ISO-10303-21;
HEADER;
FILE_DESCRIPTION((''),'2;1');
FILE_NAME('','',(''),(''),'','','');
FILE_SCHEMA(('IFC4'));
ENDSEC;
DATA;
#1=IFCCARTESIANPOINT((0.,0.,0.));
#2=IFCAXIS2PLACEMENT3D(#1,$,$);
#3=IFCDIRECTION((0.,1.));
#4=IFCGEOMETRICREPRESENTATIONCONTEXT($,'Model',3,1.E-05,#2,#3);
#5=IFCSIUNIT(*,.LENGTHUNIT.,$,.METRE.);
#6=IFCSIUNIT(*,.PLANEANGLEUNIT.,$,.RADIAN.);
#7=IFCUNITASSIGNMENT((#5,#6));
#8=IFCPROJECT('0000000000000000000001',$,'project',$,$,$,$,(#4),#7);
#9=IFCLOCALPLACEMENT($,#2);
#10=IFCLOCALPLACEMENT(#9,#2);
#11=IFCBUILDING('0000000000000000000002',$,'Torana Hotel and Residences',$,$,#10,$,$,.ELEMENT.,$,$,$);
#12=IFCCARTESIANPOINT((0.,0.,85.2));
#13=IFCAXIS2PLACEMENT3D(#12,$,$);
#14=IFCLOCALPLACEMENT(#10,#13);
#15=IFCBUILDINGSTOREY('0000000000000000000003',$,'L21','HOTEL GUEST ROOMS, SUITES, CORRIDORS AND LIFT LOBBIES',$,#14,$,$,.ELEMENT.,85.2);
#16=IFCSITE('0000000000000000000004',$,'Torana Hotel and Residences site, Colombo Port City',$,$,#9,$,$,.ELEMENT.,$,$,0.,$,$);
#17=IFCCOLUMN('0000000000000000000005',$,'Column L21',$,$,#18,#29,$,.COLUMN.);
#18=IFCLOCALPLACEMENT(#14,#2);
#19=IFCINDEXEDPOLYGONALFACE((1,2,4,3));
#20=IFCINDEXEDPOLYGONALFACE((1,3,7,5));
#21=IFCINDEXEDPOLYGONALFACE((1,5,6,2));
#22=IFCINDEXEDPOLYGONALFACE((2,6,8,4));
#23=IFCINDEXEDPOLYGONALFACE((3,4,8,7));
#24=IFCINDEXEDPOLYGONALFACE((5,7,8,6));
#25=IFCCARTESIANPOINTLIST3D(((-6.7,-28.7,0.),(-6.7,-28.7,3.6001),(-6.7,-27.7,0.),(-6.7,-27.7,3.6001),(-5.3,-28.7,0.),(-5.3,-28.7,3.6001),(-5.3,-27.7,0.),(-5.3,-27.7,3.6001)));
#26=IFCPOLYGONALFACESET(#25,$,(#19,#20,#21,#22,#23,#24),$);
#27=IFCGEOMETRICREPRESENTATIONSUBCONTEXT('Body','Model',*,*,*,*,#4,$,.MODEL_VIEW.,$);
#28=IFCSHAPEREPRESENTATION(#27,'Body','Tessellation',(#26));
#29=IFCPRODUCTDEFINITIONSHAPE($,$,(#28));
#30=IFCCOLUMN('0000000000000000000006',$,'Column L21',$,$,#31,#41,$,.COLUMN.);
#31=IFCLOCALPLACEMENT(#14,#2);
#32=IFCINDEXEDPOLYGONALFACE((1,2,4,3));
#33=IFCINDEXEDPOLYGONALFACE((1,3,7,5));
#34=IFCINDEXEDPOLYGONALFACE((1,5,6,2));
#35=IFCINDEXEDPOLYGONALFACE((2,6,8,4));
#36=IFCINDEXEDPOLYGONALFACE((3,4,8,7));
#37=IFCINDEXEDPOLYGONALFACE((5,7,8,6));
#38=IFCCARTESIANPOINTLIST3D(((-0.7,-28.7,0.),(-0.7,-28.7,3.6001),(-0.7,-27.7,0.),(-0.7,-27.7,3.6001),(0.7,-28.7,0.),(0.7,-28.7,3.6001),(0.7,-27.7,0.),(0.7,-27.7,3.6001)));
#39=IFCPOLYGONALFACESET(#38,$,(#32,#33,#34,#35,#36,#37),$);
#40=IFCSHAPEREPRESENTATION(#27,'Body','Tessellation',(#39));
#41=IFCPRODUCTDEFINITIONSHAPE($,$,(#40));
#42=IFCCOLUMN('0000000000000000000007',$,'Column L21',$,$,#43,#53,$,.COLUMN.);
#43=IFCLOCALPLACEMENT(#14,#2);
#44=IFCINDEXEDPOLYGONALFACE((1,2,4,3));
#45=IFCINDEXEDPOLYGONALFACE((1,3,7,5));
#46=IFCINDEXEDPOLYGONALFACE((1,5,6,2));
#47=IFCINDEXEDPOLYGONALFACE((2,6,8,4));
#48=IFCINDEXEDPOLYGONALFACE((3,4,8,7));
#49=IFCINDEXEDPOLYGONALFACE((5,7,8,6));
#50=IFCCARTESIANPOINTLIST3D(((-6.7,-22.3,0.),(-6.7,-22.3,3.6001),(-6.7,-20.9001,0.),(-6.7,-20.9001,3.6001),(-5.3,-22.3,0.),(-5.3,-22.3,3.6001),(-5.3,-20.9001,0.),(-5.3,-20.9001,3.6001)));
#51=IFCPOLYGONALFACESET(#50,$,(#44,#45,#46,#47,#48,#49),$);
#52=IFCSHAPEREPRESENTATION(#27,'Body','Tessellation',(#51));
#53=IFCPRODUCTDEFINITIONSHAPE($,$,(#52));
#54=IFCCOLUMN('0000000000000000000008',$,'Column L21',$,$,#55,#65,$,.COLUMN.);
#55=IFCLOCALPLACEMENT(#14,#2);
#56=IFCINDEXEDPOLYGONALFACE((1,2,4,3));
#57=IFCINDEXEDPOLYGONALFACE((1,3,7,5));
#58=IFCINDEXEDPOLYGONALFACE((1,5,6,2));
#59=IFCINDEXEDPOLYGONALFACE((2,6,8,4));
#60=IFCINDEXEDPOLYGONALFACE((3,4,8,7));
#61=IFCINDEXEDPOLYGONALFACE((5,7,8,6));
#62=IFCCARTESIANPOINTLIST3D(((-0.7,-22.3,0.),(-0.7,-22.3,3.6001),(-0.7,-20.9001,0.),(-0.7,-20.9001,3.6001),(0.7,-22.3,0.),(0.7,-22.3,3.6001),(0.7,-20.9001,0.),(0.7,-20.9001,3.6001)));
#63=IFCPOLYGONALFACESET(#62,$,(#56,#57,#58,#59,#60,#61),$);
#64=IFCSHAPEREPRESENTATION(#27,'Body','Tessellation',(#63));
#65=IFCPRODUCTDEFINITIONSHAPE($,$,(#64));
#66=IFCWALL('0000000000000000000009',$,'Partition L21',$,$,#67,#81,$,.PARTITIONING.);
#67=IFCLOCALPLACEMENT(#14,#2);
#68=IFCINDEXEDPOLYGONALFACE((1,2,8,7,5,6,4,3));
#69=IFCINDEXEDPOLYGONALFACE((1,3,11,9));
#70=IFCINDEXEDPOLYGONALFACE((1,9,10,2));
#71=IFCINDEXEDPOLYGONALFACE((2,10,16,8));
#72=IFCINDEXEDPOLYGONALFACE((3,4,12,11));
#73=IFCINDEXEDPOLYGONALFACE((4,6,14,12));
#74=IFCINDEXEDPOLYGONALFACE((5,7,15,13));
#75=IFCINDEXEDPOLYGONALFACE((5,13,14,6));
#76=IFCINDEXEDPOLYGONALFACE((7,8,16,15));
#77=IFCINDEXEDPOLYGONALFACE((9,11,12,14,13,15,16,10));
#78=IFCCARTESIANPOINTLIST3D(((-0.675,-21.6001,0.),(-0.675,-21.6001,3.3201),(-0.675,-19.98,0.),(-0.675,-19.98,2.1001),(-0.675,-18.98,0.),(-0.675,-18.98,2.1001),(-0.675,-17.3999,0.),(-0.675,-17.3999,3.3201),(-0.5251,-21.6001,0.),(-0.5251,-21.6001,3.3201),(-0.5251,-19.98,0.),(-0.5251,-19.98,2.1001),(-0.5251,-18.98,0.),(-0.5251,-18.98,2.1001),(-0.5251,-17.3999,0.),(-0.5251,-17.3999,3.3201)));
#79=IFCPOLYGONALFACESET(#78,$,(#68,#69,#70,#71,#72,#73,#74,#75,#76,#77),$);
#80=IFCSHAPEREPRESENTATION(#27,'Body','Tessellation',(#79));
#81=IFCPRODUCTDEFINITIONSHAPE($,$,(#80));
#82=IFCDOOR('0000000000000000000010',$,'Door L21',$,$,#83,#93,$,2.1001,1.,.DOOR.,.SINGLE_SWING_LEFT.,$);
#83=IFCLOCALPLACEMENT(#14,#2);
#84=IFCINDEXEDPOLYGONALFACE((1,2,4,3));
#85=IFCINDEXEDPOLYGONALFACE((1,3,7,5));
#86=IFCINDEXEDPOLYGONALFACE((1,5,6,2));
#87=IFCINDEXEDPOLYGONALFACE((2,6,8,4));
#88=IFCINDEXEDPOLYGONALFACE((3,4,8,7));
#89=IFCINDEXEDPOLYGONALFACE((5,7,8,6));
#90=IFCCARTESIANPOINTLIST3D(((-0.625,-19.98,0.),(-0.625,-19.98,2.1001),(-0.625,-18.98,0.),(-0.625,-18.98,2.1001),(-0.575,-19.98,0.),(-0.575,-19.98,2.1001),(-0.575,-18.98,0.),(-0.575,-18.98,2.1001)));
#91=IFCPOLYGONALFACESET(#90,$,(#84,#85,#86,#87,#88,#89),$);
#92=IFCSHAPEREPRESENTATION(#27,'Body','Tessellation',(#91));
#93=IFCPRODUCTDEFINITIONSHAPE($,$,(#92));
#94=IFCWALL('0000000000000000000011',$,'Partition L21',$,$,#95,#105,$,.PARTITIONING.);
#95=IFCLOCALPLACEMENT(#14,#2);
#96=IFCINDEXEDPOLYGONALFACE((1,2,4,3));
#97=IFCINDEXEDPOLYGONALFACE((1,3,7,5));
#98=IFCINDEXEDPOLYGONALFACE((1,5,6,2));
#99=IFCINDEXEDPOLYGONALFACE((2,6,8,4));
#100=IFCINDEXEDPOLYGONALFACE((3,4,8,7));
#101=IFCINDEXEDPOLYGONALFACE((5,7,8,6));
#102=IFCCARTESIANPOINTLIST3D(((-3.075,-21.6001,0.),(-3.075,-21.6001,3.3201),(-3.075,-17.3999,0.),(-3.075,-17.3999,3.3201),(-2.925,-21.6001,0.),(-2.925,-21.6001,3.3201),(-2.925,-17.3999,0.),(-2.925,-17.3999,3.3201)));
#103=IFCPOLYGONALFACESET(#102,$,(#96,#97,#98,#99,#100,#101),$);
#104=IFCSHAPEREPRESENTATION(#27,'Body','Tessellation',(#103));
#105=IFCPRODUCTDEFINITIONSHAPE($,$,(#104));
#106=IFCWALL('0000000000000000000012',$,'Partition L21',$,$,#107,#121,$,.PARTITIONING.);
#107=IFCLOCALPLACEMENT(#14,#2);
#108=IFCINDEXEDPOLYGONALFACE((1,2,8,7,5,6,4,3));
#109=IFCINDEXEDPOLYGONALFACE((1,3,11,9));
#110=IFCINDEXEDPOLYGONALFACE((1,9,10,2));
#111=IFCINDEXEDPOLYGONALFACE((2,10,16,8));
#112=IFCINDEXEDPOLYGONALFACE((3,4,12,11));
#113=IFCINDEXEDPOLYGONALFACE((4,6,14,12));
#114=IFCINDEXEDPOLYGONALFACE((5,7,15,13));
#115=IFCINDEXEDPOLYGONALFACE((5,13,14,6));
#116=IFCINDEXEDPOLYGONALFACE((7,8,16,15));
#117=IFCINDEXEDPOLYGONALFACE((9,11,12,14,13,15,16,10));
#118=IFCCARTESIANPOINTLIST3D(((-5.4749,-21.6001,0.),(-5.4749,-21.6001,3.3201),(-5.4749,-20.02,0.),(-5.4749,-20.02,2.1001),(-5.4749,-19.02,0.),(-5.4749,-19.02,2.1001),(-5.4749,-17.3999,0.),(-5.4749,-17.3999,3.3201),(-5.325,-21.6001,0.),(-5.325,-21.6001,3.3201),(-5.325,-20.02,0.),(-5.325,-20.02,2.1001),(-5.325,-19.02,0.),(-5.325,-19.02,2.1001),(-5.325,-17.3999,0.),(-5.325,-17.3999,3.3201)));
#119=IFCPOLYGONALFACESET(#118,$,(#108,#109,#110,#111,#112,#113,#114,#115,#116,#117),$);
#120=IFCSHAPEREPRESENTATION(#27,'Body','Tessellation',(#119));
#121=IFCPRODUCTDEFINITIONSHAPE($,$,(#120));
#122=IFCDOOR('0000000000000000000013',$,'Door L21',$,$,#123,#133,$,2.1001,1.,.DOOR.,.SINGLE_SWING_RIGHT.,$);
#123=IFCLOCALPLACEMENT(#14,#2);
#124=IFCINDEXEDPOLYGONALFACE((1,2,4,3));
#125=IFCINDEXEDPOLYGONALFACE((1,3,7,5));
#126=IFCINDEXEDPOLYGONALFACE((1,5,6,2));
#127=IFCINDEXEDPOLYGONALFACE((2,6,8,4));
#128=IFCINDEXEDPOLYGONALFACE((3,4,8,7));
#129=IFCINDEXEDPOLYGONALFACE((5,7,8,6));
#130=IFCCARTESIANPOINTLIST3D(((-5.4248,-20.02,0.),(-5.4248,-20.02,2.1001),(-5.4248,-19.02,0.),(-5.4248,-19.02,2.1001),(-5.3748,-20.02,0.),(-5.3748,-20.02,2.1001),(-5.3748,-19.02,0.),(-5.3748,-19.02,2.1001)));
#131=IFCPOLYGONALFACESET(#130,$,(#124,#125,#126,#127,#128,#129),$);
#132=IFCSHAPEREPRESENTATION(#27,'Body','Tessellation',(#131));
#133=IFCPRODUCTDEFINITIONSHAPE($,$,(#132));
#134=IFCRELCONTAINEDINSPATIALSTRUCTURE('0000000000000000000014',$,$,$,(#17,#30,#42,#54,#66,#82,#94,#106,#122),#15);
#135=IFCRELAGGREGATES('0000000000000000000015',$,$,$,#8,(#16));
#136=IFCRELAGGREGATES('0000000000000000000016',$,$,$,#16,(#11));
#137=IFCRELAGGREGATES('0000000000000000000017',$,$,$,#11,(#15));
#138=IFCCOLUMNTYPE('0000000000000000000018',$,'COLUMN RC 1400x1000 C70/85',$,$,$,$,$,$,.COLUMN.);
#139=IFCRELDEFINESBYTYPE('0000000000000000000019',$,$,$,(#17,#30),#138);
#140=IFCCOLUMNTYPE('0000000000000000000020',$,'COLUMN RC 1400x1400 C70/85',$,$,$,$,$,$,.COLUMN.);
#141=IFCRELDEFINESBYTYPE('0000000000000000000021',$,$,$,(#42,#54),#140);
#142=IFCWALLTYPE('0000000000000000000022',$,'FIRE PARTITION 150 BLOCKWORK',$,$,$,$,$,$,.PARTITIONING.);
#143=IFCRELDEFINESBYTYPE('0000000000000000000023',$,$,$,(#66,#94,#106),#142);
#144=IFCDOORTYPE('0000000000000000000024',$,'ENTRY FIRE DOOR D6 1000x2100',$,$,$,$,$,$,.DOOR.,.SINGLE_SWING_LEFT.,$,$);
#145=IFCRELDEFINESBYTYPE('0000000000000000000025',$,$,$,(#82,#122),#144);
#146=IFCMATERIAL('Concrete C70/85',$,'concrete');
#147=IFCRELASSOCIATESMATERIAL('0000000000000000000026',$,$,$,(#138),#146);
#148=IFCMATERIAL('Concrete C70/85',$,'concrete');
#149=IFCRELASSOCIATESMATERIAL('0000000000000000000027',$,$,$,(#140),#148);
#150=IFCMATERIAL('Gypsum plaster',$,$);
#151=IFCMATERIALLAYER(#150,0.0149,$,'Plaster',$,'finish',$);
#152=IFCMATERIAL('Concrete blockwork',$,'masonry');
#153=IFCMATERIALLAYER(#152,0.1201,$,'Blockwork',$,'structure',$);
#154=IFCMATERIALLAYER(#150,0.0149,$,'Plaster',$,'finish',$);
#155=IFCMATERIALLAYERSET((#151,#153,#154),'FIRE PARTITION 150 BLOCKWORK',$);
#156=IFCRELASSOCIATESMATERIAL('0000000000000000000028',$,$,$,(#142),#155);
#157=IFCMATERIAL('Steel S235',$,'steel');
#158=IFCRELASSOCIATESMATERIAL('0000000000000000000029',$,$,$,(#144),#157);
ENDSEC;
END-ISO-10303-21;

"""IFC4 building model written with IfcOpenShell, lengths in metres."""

from ifc_helpers import new_model, si_unit, direction, frame, frame_2d, origin, origin_2d, place, context, subcontext, project, spatial, rectangle, extrude, material, layer, layer_set, material_profile, profile_set, type_object, element, fill, save


model = new_model("IFC4")

# Units and contexts
model_context = context("Model", 3, precision=1e-05, world=origin(), true_north=direction((0.0, 1.0)))
body_context = subcontext(model_context, "Body", "Model", "MODEL_VIEW")
ifc_project = project(units=[si_unit("LENGTHUNIT", "METRE"), si_unit("PLANEANGLEUNIT", "RADIAN")], contexts=[model_context])

# Site, building, storey
site_placement = place(None, origin())
site = spatial("IfcSite", under=ifc_project, at=site_placement, Name="Torana Hotel and Residences site, Colombo Port City", CompositionType="ELEMENT", RefElevation=0.0)
building_placement = place(site_placement, origin())
building = spatial("IfcBuilding", under=site, at=building_placement, Name="Torana Hotel and Residences", CompositionType="ELEMENT")
storey_placement = place(building_placement, frame((0.0, 0.0, 85.2)))
storey = spatial("IfcBuildingStorey", under=building, at=storey_placement, Name="L21", Description="HOTEL GUEST ROOMS, SUITES, CORRIDORS AND LIFT LOBBIES", CompositionType="ELEMENT", Elevation=85.2)

# Columns
ifc_material_1 = material(Name="Concrete C70/85", Category="concrete")
ifc_material_profile_1 = material_profile(ifc_material_1, rectangle(XDim=1.3999, YDim=1.0, at=origin_2d()), Name="RC 1400x1000")
ifc_profile_set_1 = profile_set([ifc_material_profile_1], Name="Concrete C70/85")
column_type_1 = type_object("IfcColumnType", Name="COLUMN RC 1400x1000 C70/85", PredefinedType="COLUMN", material=ifc_profile_set_1)
for number, where, z_axis, x_axis, name in (
    (1, (-6.0, -28.2, 0.0), (0.0, 0.0, 1.0), (1.0, 0.0, 0.0), "Column L21"),
    (2, (0.0, -28.2, 0.0), (0.0, 0.0, 1.0), (1.0, 0.0, 0.0), "Column L21"),
):
    element("IfcColumn", number, at=place(storey_placement, frame(where, z_axis=z_axis, x_axis=x_axis)), inside=storey, type_object=column_type_1, Name=name, PredefinedType="COLUMN", context=body_context, shape_type="SweptSolid", body=[
        extrude(rectangle(XDim=1.3999, YDim=1.0, at=origin_2d()), origin(), (0.0, 0.0, 1.0), 3.6001),
    ])
ifc_material_2 = material(Name="Concrete C70/85", Category="concrete")
ifc_material_profile_2 = material_profile(ifc_material_2, rectangle(XDim=1.3999, YDim=1.3999, at=origin_2d()), Name="RC 1400x1400")
ifc_profile_set_2 = profile_set([ifc_material_profile_2], Name="Concrete C70/85")
column_type_2 = type_object("IfcColumnType", Name="COLUMN RC 1400x1400 C70/85", PredefinedType="COLUMN", material=ifc_profile_set_2)
for number, where, z_axis, x_axis, name in (
    (3, (-6.0, -21.6001, 0.0), (0.0, 0.0, 1.0), (1.0, 0.0, 0.0), "Column L21"),
    (4, (0.0, -21.6001, 0.0), (0.0, 0.0, 1.0), (1.0, 0.0, 0.0), "Column L21"),
):
    element("IfcColumn", number, at=place(storey_placement, frame(where, z_axis=z_axis, x_axis=x_axis)), inside=storey, type_object=column_type_2, Name=name, PredefinedType="COLUMN", context=body_context, shape_type="SweptSolid", body=[
        extrude(rectangle(XDim=1.3999, YDim=1.3999, at=origin_2d()), origin(), (0.0, 0.0, 1.0), 3.6001),
    ])

# Wall, opening, door
ifc_material_3 = material(Name="Gypsum plaster")
ifc_layer_1 = layer(ifc_material_3, 0.0149, Name="Plaster", Category="finish")
ifc_material_4 = material(Name="Concrete blockwork", Category="masonry")
ifc_layer_2 = layer(ifc_material_4, 0.1201, Name="Blockwork", Category="structure")
ifc_layer_3 = layer(ifc_material_3, 0.0149, Name="Plaster", Category="finish")
ifc_layer_set_1 = layer_set([ifc_layer_1, ifc_layer_2, ifc_layer_3], Name="FIRE PARTITION 150 BLOCKWORK")
wall_type_1 = type_object("IfcWallType", Name="FIRE PARTITION 150 BLOCKWORK", PredefinedType="PARTITIONING", material=ifc_layer_set_1)
wall_1_placement = place(storey_placement, frame((-0.6001, -21.6001, 0.0), z_axis=(0.0, 0.0, 1.0), x_axis=(0.0, 1.0, 0.0)))
wall_1 = element("IfcWall", 5, at=wall_1_placement, inside=storey, type_object=wall_type_1, Name="Partition L21", PredefinedType="PARTITIONING", context=body_context, shape_type="SweptSolid", body=[
    extrude(rectangle(XDim=4.2002, YDim=0.1499, at=frame_2d((2.1001, 0.0))), origin(), (0.0, 0.0, 1.0), 3.3201),
])
opening_1_placement = place(wall_1_placement, frame((1.6201, 0.0, 0.0)))
opening_1 = element("IfcOpeningElement", 6, at=opening_1_placement, cuts=wall_1, PredefinedType="OPENING", context=body_context, shape_type="SweptSolid", body=[
    extrude(rectangle(XDim=1.0, YDim=2.1001, at=frame_2d((0.5, 1.05))), frame((0.0, 0.085, 0.0), z_axis=(0.0, -1.0, 0.0), x_axis=(1.0, 0.0, 0.0)), (0.0, 0.0, 1.0), 0.1699),
])
ifc_material_5 = material(Name="Steel S235", Category="steel")
door_type_1 = type_object("IfcDoorType", Name="ENTRY FIRE DOOR D6 1000x2100", OperationType="SINGLE_SWING_LEFT", PredefinedType="DOOR", material=ifc_material_5)
door_1_placement = place(opening_1_placement, frame((0.5, 0.0, 0.0), z_axis=(0.0, 0.0, 1.0), x_axis=(-1.0, 0.0, 0.0)))
door_1 = element("IfcDoor", 7, at=door_1_placement, inside=storey, type_object=door_type_1, Name="Door L21", OperationType="SINGLE_SWING_LEFT", OverallHeight=2.1001, OverallWidth=1.0, PredefinedType="DOOR", context=body_context, shape_type="SweptSolid", body=[
    extrude(rectangle(XDim=1.0, YDim=2.1001, at=frame_2d((0.0, 1.05))), frame((0.0, -0.0249, 0.0), z_axis=(0.0, 1.0, 0.0), x_axis=(-1.0, 0.0, 0.0)), (0.0, 0.0, 1.0), 0.05),
])
fill(opening_1, door_1)

# Wall
wall_2_placement = place(storey_placement, frame((-3.0, -21.6001, 0.0), z_axis=(0.0, 0.0, 1.0), x_axis=(0.0, 1.0, 0.0)))
element("IfcWall", 8, at=wall_2_placement, inside=storey, type_object=wall_type_1, Name="Partition L21", PredefinedType="PARTITIONING", context=body_context, shape_type="SweptSolid", body=[
    extrude(rectangle(XDim=4.2002, YDim=0.1499, at=frame_2d((2.1001, 0.0))), origin(), (0.0, 0.0, 1.0), 3.3201),
])

# Wall, opening, door
wall_3_placement = place(storey_placement, frame((-5.3999, -21.6001, 0.0), z_axis=(0.0, 0.0, 1.0), x_axis=(0.0, 1.0, 0.0)))
wall_3 = element("IfcWall", 9, at=wall_3_placement, inside=storey, type_object=wall_type_1, Name="Partition L21", PredefinedType="PARTITIONING", context=body_context, shape_type="SweptSolid", body=[
    extrude(rectangle(XDim=4.2002, YDim=0.1499, at=frame_2d((2.1001, 0.0))), origin(), (0.0, 0.0, 1.0), 3.3201),
])
opening_2_placement = place(wall_3_placement, frame((1.5801, 0.0, 0.0)))
opening_2 = element("IfcOpeningElement", 10, at=opening_2_placement, cuts=wall_3, PredefinedType="OPENING", context=body_context, shape_type="SweptSolid", body=[
    extrude(rectangle(XDim=1.0, YDim=2.1001, at=frame_2d((0.5, 1.05))), frame((0.0, 0.085, 0.0), z_axis=(0.0, -1.0, 0.0), x_axis=(1.0, 0.0, 0.0)), (0.0, 0.0, 1.0), 0.1699),
])
door_2_placement = place(opening_2_placement, origin())
door_2 = element("IfcDoor", 11, at=door_2_placement, inside=storey, type_object=door_type_1, Name="Door L21", OperationType="SINGLE_SWING_RIGHT", OverallHeight=2.1001, OverallWidth=1.0, PredefinedType="DOOR", context=body_context, shape_type="SweptSolid", body=[
    extrude(rectangle(XDim=1.0, YDim=2.1001, at=frame_2d((0.5, 1.05))), frame((0.0, 0.0249, 0.0), z_axis=(0.0, -1.0, 0.0), x_axis=(1.0, 0.0, 0.0)), (0.0, 0.0, 1.0), 0.05),
])
fill(opening_2, door_2)

save(model, "model.ifc")
